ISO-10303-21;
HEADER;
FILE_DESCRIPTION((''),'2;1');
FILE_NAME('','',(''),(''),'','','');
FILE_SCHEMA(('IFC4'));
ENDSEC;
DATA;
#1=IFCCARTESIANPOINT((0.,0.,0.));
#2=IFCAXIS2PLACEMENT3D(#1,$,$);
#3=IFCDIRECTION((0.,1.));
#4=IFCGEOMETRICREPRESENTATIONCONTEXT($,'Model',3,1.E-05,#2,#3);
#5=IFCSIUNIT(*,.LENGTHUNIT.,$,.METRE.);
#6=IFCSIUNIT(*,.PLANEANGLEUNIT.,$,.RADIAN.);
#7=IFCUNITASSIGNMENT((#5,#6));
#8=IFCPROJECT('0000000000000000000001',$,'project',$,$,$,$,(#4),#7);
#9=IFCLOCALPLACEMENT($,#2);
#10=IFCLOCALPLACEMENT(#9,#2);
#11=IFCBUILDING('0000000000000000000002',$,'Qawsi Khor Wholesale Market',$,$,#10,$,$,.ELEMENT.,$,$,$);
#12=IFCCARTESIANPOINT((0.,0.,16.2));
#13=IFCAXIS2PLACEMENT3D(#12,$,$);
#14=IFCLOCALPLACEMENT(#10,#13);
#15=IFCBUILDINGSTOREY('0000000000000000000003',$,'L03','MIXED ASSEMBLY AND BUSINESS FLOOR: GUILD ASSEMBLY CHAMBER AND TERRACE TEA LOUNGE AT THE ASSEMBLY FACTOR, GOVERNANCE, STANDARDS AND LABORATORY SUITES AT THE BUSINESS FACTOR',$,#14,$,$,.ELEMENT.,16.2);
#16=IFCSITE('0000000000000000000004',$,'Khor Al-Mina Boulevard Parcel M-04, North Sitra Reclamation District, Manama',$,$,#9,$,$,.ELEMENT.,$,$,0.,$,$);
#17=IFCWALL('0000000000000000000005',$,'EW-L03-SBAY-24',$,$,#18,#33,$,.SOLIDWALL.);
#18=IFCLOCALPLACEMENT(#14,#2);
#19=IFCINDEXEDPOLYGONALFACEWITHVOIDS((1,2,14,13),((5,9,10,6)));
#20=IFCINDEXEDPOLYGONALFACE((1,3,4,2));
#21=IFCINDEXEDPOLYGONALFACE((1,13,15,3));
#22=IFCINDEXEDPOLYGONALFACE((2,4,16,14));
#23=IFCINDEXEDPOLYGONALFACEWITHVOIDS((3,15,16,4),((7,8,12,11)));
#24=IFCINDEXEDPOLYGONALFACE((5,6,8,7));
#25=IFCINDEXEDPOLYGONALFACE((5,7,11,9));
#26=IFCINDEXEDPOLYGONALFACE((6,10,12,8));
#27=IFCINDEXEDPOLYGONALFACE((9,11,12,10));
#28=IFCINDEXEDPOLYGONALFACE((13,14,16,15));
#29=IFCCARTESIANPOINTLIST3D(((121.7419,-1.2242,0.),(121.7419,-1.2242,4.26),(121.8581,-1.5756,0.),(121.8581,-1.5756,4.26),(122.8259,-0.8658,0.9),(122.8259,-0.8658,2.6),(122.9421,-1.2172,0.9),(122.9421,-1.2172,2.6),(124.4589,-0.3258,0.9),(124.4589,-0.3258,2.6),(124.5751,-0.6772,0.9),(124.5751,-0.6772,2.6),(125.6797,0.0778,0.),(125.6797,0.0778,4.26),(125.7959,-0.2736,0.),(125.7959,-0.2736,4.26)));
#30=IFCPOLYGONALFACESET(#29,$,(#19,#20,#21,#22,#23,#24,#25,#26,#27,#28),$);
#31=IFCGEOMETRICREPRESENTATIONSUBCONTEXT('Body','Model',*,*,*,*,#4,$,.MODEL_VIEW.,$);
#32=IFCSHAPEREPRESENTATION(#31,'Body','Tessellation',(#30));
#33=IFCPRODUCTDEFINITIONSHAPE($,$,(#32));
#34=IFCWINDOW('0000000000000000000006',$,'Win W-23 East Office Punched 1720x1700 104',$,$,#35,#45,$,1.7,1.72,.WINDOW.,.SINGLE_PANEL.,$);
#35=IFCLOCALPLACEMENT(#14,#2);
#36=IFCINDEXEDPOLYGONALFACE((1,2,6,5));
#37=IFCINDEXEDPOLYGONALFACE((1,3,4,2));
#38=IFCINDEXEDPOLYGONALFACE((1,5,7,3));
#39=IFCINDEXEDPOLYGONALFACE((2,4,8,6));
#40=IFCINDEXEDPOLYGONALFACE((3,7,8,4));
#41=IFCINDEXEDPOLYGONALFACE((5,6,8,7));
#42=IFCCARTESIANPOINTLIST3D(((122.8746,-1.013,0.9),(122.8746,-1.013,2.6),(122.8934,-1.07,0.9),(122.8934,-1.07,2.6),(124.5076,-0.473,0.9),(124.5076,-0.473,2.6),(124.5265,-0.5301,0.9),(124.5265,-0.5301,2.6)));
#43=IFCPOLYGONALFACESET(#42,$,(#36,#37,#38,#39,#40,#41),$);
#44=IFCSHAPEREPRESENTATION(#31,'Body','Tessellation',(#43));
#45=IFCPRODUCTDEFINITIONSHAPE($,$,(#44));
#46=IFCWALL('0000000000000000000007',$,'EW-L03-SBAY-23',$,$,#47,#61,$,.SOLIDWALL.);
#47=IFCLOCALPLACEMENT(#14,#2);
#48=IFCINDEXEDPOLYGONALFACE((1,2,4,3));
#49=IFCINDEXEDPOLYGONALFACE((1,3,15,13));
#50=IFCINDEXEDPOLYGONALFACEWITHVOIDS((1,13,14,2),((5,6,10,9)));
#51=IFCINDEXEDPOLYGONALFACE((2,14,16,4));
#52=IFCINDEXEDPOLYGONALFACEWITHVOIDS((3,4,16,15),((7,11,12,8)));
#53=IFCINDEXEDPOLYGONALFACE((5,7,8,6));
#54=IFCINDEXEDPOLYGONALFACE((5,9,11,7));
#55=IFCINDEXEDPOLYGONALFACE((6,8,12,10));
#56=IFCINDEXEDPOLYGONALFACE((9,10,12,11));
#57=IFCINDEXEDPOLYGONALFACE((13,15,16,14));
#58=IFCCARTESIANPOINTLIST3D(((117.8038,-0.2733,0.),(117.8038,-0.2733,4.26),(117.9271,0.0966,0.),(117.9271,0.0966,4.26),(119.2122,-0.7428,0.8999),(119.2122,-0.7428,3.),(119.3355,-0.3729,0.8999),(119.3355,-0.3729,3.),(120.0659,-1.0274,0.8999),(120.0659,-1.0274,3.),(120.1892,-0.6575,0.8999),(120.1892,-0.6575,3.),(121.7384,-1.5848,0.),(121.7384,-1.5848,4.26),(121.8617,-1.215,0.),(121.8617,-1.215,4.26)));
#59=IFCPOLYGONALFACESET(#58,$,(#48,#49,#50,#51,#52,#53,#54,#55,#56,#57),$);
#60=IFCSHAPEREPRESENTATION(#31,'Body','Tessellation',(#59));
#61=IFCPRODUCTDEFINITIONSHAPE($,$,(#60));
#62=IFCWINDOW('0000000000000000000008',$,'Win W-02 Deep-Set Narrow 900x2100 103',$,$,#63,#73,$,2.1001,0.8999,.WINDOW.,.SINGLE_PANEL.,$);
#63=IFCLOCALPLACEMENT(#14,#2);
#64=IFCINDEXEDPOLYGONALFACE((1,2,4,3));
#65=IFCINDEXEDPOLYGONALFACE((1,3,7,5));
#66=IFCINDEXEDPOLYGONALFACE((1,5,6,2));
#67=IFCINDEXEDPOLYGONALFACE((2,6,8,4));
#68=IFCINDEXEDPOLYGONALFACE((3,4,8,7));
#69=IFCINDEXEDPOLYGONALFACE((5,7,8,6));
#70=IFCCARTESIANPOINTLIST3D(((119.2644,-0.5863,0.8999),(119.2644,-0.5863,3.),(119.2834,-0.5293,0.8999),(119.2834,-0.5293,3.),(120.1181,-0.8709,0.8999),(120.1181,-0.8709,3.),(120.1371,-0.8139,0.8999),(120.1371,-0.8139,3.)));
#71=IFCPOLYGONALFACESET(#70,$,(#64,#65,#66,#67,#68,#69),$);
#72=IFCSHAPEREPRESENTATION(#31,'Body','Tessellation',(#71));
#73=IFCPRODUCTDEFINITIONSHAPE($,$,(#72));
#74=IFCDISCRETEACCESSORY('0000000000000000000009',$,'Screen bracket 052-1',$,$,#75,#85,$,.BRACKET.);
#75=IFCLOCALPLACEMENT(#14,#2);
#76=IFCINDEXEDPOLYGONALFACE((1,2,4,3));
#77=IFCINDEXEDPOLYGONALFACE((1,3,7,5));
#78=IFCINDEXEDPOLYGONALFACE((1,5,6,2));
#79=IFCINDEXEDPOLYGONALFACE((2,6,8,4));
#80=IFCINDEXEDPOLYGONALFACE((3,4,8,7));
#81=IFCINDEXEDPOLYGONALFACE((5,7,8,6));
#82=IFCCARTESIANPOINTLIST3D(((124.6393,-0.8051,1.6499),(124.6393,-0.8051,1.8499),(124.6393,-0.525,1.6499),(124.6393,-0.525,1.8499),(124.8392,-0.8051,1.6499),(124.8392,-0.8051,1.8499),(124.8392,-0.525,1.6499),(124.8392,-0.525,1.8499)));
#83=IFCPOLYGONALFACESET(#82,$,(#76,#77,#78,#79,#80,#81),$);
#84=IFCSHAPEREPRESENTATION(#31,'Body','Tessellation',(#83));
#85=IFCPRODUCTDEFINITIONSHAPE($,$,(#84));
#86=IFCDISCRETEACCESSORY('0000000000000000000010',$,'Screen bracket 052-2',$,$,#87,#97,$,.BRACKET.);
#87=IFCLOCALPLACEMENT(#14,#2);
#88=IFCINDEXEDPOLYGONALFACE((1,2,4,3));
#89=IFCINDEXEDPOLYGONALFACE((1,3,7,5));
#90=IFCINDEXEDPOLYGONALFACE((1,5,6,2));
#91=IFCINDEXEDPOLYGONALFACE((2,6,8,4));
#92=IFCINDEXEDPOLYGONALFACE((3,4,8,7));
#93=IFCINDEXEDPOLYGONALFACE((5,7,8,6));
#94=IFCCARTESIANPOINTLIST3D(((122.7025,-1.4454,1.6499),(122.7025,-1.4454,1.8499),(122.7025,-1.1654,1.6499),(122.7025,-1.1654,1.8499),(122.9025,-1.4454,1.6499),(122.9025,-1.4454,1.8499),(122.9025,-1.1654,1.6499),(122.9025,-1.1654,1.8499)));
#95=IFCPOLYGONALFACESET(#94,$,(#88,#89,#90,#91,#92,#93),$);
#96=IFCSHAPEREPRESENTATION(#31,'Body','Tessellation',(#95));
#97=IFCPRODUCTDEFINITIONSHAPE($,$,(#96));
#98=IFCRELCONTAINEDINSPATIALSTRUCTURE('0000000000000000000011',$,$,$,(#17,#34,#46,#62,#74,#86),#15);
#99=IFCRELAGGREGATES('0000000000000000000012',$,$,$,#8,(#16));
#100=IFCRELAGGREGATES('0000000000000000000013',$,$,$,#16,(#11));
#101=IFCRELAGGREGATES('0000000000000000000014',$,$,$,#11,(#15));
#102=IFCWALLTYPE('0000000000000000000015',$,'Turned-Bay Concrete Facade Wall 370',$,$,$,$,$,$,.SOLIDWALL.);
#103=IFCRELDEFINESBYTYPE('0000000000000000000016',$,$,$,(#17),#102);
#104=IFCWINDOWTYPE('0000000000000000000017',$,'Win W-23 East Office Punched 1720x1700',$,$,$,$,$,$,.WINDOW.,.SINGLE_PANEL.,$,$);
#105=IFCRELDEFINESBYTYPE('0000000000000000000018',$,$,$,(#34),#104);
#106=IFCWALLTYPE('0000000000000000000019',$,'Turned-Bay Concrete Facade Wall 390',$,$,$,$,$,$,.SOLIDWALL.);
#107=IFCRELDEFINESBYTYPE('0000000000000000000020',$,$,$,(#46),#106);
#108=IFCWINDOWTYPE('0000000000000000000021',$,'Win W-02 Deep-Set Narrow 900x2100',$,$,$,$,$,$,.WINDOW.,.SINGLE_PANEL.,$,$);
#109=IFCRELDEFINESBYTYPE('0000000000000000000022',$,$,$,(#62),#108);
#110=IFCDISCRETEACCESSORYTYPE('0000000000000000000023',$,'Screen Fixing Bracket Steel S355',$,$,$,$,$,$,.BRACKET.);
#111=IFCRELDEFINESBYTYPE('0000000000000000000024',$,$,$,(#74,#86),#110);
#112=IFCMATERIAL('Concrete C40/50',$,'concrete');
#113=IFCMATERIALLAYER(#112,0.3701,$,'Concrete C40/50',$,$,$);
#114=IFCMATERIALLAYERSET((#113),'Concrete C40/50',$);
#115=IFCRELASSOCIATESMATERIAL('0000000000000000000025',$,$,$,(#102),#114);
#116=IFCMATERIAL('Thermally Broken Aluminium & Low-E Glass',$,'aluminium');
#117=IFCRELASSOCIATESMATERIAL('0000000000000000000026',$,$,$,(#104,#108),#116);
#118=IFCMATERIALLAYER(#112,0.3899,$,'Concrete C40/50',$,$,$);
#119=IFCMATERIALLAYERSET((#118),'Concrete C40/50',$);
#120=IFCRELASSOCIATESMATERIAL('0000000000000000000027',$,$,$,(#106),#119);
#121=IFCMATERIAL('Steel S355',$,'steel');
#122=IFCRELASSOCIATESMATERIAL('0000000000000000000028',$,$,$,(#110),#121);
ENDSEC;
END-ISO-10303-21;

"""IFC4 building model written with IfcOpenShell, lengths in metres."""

from ifc_helpers import new_model, si_unit, direction, frame, frame_2d, origin, origin_2d, place, context, subcontext, project, spatial, rectangle, extrude, material, layer, layer_set, type_object, element, fill, save


model = new_model("IFC4")

# Units and contexts
model_context = context("Model", 3, precision=1e-05, world=origin(), true_north=direction((0.0, 1.0)))
body_context = subcontext(model_context, "Body", "Model", "MODEL_VIEW")
ifc_project = project(units=[si_unit("LENGTHUNIT", "METRE"), si_unit("PLANEANGLEUNIT", "RADIAN")], contexts=[model_context])

# Site, building, storey
site_placement = place(None, origin())
site = spatial("IfcSite", under=ifc_project, at=site_placement, Name="Khor Al-Mina Boulevard Parcel M-04, North Sitra Reclamation District, Manama", CompositionType="ELEMENT", RefElevation=0.0)
building_placement = place(site_placement, origin())
building = spatial("IfcBuilding", under=site, at=building_placement, Name="Qawsi Khor Wholesale Market", CompositionType="ELEMENT")
storey_placement = place(building_placement, frame((0.0, 0.0, 16.2)))
storey = spatial("IfcBuildingStorey", under=building, at=storey_placement, Name="L03", Description="MIXED ASSEMBLY AND BUSINESS FLOOR: GUILD ASSEMBLY CHAMBER AND TERRACE TEA LOUNGE AT THE ASSEMBLY FACTOR, GOVERNANCE, STANDARDS AND LABORATORY SUITES AT THE BUSINESS FACTOR", CompositionType="ELEMENT", Elevation=16.2)

# Shared definitions
ifc_material_1 = material(Name="Concrete C40/50", Category="concrete")

# Shared definitions
ifc_material_2 = material(Name="Steel S355", Category="steel")

# Walls, openings, windows
ifc_layer_1 = layer(ifc_material_1, 0.3701, Name="Concrete C40/50")
ifc_layer_set_1 = layer_set([ifc_layer_1], Name="Concrete C40/50")
wall_type_1 = type_object("IfcWallType", Name="Turned-Bay Concrete Facade Wall 370", PredefinedType="SOLIDWALL", material=ifc_layer_set_1)
ifc_material_3 = material(Name="Thermally Broken Aluminium & Low-E Glass", Category="aluminium")
wall_1_placement = place(storey_placement, frame((125.7378, -0.0979, 0.0), z_axis=(0.0, 0.0, 1.0), x_axis=(-0.949446, -0.313931, 0.0)))
wall_1 = element("IfcWall", 1, at=wall_1_placement, inside=storey, type_object=wall_type_1, Name="EW-L03-SBAY-24", PredefinedType="SOLIDWALL", context=body_context, shape_type="SweptSolid", body=[
    extrude(rectangle(XDim=4.1475, YDim=0.3701, at=frame_2d((2.0737, 0.0))), origin(), (0.0, 0.0, 1.0), 4.26),
])
opening_1_placement = place(wall_1_placement, frame((1.2859, 0.0, 0.8999)))
opening_1 = element("IfcOpeningElement", 2, at=opening_1_placement, cuts=wall_1, PredefinedType="OPENING", context=body_context, shape_type="SweptSolid", body=[
    extrude(rectangle(XDim=1.72, YDim=1.7, at=frame_2d((0.8599, 0.8501))), frame((0.0, 0.1951, 0.0), z_axis=(0.0, -1.0, 0.0), x_axis=(1.0, 0.0, 0.0)), (0.0, 0.0, 1.0), 0.3901),
])
window_type_1 = type_object("IfcWindowType", Name="Win W-23 East Office Punched 1720x1700", PartitioningType="SINGLE_PANEL", PredefinedType="WINDOW", material=ifc_material_3)
window_1_placement = place(opening_1_placement, origin())
window_1 = element("IfcWindow", 3, at=window_1_placement, inside=storey, type_object=window_type_1, Name="Win W-23 East Office Punched 1720x1700 104", OverallHeight=1.7, OverallWidth=1.72, PartitioningType="SINGLE_PANEL", PredefinedType="WINDOW", context=body_context, shape_type="SweptSolid", body=[
    extrude(rectangle(XDim=1.72, YDim=1.7, at=frame_2d((0.8599, 0.8501))), frame((0.0, 0.03, 0.0), z_axis=(0.0, -1.0, 0.0), x_axis=(1.0, 0.0, 0.0)), (0.0, 0.0, 1.0), 0.0601),
])
fill(opening_1, window_1)
ifc_layer_2 = layer(ifc_material_1, 0.3899, Name="Concrete C40/50")
ifc_layer_set_2 = layer_set([ifc_layer_2], Name="Concrete C40/50")
wall_type_2 = type_object("IfcWallType", Name="Turned-Bay Concrete Facade Wall 390", PredefinedType="SOLIDWALL", material=ifc_layer_set_2)
wall_2_placement = place(storey_placement, frame((121.8, -1.3999, 0.0), z_axis=(0.0, 0.0, 1.0), x_axis=(-0.948683, 0.316228, 0.0)))
wall_2 = element("IfcWall", 4, at=wall_2_placement, inside=storey, type_object=wall_type_2, Name="EW-L03-SBAY-23", PredefinedType="SOLIDWALL", context=body_context, shape_type="SweptSolid", body=[
    extrude(rectangle(XDim=4.1475, YDim=0.3899, at=frame_2d((2.0737, 0.0))), origin(), (0.0, 0.0, 1.0), 4.26),
])
opening_2_placement = place(wall_2_placement, frame((1.7629, 0.0, 0.8999)))
opening_2 = element("IfcOpeningElement", 5, at=opening_2_placement, cuts=wall_2, PredefinedType="OPENING", context=body_context, shape_type="SweptSolid", body=[
    extrude(rectangle(XDim=0.8999, YDim=2.1001, at=frame_2d((0.45, 1.05))), frame((0.0, 0.2048, 0.0), z_axis=(0.0, -1.0, 0.0), x_axis=(1.0, 0.0, 0.0)), (0.0, 0.0, 1.0), 0.4099),
])
window_type_2 = type_object("IfcWindowType", Name="Win W-02 Deep-Set Narrow 900x2100", PartitioningType="SINGLE_PANEL", PredefinedType="WINDOW", material=ifc_material_3)
window_2_placement = place(opening_2_placement, origin())
window_2 = element("IfcWindow", 6, at=window_2_placement, inside=storey, type_object=window_type_2, Name="Win W-02 Deep-Set Narrow 900x2100 103", OverallHeight=2.1001, OverallWidth=0.8999, PartitioningType="SINGLE_PANEL", PredefinedType="WINDOW", context=body_context, shape_type="SweptSolid", body=[
    extrude(rectangle(XDim=0.8999, YDim=2.1001, at=frame_2d((0.45, 1.05))), frame((0.0, 0.03, 0.0), z_axis=(0.0, -1.0, 0.0), x_axis=(1.0, 0.0, 0.0)), (0.0, 0.0, 1.0), 0.0601),
])
fill(opening_2, window_2)

# Discrete accessories
discrete_accessory_type = type_object("IfcDiscreteAccessoryType", Name="Screen Fixing Bracket Steel S355", PredefinedType="BRACKET", material=ifc_material_2)
for number, where, z_axis, x_axis, name in (
    (7, (124.7393, -0.665, 1.6499), (0.0, 0.0, 1.0), (1.0, 0.0, 0.0), "Screen bracket 052-1"),
    (8, (122.8025, -1.3054, 1.6499), (0.0, 0.0, 1.0), (1.0, 0.0, 0.0), "Screen bracket 052-2"),
):
    element("IfcDiscreteAccessory", number, at=place(storey_placement, frame(where, z_axis=z_axis, x_axis=x_axis)), inside=storey, type_object=discrete_accessory_type, Name=name, PredefinedType="BRACKET", context=body_context, shape_type="SweptSolid", body=[
        extrude(rectangle(XDim=0.2, YDim=0.28, at=origin_2d()), origin(), (0.0, 0.0, 1.0), 0.2),
    ])

save(model, "model.ifc")
